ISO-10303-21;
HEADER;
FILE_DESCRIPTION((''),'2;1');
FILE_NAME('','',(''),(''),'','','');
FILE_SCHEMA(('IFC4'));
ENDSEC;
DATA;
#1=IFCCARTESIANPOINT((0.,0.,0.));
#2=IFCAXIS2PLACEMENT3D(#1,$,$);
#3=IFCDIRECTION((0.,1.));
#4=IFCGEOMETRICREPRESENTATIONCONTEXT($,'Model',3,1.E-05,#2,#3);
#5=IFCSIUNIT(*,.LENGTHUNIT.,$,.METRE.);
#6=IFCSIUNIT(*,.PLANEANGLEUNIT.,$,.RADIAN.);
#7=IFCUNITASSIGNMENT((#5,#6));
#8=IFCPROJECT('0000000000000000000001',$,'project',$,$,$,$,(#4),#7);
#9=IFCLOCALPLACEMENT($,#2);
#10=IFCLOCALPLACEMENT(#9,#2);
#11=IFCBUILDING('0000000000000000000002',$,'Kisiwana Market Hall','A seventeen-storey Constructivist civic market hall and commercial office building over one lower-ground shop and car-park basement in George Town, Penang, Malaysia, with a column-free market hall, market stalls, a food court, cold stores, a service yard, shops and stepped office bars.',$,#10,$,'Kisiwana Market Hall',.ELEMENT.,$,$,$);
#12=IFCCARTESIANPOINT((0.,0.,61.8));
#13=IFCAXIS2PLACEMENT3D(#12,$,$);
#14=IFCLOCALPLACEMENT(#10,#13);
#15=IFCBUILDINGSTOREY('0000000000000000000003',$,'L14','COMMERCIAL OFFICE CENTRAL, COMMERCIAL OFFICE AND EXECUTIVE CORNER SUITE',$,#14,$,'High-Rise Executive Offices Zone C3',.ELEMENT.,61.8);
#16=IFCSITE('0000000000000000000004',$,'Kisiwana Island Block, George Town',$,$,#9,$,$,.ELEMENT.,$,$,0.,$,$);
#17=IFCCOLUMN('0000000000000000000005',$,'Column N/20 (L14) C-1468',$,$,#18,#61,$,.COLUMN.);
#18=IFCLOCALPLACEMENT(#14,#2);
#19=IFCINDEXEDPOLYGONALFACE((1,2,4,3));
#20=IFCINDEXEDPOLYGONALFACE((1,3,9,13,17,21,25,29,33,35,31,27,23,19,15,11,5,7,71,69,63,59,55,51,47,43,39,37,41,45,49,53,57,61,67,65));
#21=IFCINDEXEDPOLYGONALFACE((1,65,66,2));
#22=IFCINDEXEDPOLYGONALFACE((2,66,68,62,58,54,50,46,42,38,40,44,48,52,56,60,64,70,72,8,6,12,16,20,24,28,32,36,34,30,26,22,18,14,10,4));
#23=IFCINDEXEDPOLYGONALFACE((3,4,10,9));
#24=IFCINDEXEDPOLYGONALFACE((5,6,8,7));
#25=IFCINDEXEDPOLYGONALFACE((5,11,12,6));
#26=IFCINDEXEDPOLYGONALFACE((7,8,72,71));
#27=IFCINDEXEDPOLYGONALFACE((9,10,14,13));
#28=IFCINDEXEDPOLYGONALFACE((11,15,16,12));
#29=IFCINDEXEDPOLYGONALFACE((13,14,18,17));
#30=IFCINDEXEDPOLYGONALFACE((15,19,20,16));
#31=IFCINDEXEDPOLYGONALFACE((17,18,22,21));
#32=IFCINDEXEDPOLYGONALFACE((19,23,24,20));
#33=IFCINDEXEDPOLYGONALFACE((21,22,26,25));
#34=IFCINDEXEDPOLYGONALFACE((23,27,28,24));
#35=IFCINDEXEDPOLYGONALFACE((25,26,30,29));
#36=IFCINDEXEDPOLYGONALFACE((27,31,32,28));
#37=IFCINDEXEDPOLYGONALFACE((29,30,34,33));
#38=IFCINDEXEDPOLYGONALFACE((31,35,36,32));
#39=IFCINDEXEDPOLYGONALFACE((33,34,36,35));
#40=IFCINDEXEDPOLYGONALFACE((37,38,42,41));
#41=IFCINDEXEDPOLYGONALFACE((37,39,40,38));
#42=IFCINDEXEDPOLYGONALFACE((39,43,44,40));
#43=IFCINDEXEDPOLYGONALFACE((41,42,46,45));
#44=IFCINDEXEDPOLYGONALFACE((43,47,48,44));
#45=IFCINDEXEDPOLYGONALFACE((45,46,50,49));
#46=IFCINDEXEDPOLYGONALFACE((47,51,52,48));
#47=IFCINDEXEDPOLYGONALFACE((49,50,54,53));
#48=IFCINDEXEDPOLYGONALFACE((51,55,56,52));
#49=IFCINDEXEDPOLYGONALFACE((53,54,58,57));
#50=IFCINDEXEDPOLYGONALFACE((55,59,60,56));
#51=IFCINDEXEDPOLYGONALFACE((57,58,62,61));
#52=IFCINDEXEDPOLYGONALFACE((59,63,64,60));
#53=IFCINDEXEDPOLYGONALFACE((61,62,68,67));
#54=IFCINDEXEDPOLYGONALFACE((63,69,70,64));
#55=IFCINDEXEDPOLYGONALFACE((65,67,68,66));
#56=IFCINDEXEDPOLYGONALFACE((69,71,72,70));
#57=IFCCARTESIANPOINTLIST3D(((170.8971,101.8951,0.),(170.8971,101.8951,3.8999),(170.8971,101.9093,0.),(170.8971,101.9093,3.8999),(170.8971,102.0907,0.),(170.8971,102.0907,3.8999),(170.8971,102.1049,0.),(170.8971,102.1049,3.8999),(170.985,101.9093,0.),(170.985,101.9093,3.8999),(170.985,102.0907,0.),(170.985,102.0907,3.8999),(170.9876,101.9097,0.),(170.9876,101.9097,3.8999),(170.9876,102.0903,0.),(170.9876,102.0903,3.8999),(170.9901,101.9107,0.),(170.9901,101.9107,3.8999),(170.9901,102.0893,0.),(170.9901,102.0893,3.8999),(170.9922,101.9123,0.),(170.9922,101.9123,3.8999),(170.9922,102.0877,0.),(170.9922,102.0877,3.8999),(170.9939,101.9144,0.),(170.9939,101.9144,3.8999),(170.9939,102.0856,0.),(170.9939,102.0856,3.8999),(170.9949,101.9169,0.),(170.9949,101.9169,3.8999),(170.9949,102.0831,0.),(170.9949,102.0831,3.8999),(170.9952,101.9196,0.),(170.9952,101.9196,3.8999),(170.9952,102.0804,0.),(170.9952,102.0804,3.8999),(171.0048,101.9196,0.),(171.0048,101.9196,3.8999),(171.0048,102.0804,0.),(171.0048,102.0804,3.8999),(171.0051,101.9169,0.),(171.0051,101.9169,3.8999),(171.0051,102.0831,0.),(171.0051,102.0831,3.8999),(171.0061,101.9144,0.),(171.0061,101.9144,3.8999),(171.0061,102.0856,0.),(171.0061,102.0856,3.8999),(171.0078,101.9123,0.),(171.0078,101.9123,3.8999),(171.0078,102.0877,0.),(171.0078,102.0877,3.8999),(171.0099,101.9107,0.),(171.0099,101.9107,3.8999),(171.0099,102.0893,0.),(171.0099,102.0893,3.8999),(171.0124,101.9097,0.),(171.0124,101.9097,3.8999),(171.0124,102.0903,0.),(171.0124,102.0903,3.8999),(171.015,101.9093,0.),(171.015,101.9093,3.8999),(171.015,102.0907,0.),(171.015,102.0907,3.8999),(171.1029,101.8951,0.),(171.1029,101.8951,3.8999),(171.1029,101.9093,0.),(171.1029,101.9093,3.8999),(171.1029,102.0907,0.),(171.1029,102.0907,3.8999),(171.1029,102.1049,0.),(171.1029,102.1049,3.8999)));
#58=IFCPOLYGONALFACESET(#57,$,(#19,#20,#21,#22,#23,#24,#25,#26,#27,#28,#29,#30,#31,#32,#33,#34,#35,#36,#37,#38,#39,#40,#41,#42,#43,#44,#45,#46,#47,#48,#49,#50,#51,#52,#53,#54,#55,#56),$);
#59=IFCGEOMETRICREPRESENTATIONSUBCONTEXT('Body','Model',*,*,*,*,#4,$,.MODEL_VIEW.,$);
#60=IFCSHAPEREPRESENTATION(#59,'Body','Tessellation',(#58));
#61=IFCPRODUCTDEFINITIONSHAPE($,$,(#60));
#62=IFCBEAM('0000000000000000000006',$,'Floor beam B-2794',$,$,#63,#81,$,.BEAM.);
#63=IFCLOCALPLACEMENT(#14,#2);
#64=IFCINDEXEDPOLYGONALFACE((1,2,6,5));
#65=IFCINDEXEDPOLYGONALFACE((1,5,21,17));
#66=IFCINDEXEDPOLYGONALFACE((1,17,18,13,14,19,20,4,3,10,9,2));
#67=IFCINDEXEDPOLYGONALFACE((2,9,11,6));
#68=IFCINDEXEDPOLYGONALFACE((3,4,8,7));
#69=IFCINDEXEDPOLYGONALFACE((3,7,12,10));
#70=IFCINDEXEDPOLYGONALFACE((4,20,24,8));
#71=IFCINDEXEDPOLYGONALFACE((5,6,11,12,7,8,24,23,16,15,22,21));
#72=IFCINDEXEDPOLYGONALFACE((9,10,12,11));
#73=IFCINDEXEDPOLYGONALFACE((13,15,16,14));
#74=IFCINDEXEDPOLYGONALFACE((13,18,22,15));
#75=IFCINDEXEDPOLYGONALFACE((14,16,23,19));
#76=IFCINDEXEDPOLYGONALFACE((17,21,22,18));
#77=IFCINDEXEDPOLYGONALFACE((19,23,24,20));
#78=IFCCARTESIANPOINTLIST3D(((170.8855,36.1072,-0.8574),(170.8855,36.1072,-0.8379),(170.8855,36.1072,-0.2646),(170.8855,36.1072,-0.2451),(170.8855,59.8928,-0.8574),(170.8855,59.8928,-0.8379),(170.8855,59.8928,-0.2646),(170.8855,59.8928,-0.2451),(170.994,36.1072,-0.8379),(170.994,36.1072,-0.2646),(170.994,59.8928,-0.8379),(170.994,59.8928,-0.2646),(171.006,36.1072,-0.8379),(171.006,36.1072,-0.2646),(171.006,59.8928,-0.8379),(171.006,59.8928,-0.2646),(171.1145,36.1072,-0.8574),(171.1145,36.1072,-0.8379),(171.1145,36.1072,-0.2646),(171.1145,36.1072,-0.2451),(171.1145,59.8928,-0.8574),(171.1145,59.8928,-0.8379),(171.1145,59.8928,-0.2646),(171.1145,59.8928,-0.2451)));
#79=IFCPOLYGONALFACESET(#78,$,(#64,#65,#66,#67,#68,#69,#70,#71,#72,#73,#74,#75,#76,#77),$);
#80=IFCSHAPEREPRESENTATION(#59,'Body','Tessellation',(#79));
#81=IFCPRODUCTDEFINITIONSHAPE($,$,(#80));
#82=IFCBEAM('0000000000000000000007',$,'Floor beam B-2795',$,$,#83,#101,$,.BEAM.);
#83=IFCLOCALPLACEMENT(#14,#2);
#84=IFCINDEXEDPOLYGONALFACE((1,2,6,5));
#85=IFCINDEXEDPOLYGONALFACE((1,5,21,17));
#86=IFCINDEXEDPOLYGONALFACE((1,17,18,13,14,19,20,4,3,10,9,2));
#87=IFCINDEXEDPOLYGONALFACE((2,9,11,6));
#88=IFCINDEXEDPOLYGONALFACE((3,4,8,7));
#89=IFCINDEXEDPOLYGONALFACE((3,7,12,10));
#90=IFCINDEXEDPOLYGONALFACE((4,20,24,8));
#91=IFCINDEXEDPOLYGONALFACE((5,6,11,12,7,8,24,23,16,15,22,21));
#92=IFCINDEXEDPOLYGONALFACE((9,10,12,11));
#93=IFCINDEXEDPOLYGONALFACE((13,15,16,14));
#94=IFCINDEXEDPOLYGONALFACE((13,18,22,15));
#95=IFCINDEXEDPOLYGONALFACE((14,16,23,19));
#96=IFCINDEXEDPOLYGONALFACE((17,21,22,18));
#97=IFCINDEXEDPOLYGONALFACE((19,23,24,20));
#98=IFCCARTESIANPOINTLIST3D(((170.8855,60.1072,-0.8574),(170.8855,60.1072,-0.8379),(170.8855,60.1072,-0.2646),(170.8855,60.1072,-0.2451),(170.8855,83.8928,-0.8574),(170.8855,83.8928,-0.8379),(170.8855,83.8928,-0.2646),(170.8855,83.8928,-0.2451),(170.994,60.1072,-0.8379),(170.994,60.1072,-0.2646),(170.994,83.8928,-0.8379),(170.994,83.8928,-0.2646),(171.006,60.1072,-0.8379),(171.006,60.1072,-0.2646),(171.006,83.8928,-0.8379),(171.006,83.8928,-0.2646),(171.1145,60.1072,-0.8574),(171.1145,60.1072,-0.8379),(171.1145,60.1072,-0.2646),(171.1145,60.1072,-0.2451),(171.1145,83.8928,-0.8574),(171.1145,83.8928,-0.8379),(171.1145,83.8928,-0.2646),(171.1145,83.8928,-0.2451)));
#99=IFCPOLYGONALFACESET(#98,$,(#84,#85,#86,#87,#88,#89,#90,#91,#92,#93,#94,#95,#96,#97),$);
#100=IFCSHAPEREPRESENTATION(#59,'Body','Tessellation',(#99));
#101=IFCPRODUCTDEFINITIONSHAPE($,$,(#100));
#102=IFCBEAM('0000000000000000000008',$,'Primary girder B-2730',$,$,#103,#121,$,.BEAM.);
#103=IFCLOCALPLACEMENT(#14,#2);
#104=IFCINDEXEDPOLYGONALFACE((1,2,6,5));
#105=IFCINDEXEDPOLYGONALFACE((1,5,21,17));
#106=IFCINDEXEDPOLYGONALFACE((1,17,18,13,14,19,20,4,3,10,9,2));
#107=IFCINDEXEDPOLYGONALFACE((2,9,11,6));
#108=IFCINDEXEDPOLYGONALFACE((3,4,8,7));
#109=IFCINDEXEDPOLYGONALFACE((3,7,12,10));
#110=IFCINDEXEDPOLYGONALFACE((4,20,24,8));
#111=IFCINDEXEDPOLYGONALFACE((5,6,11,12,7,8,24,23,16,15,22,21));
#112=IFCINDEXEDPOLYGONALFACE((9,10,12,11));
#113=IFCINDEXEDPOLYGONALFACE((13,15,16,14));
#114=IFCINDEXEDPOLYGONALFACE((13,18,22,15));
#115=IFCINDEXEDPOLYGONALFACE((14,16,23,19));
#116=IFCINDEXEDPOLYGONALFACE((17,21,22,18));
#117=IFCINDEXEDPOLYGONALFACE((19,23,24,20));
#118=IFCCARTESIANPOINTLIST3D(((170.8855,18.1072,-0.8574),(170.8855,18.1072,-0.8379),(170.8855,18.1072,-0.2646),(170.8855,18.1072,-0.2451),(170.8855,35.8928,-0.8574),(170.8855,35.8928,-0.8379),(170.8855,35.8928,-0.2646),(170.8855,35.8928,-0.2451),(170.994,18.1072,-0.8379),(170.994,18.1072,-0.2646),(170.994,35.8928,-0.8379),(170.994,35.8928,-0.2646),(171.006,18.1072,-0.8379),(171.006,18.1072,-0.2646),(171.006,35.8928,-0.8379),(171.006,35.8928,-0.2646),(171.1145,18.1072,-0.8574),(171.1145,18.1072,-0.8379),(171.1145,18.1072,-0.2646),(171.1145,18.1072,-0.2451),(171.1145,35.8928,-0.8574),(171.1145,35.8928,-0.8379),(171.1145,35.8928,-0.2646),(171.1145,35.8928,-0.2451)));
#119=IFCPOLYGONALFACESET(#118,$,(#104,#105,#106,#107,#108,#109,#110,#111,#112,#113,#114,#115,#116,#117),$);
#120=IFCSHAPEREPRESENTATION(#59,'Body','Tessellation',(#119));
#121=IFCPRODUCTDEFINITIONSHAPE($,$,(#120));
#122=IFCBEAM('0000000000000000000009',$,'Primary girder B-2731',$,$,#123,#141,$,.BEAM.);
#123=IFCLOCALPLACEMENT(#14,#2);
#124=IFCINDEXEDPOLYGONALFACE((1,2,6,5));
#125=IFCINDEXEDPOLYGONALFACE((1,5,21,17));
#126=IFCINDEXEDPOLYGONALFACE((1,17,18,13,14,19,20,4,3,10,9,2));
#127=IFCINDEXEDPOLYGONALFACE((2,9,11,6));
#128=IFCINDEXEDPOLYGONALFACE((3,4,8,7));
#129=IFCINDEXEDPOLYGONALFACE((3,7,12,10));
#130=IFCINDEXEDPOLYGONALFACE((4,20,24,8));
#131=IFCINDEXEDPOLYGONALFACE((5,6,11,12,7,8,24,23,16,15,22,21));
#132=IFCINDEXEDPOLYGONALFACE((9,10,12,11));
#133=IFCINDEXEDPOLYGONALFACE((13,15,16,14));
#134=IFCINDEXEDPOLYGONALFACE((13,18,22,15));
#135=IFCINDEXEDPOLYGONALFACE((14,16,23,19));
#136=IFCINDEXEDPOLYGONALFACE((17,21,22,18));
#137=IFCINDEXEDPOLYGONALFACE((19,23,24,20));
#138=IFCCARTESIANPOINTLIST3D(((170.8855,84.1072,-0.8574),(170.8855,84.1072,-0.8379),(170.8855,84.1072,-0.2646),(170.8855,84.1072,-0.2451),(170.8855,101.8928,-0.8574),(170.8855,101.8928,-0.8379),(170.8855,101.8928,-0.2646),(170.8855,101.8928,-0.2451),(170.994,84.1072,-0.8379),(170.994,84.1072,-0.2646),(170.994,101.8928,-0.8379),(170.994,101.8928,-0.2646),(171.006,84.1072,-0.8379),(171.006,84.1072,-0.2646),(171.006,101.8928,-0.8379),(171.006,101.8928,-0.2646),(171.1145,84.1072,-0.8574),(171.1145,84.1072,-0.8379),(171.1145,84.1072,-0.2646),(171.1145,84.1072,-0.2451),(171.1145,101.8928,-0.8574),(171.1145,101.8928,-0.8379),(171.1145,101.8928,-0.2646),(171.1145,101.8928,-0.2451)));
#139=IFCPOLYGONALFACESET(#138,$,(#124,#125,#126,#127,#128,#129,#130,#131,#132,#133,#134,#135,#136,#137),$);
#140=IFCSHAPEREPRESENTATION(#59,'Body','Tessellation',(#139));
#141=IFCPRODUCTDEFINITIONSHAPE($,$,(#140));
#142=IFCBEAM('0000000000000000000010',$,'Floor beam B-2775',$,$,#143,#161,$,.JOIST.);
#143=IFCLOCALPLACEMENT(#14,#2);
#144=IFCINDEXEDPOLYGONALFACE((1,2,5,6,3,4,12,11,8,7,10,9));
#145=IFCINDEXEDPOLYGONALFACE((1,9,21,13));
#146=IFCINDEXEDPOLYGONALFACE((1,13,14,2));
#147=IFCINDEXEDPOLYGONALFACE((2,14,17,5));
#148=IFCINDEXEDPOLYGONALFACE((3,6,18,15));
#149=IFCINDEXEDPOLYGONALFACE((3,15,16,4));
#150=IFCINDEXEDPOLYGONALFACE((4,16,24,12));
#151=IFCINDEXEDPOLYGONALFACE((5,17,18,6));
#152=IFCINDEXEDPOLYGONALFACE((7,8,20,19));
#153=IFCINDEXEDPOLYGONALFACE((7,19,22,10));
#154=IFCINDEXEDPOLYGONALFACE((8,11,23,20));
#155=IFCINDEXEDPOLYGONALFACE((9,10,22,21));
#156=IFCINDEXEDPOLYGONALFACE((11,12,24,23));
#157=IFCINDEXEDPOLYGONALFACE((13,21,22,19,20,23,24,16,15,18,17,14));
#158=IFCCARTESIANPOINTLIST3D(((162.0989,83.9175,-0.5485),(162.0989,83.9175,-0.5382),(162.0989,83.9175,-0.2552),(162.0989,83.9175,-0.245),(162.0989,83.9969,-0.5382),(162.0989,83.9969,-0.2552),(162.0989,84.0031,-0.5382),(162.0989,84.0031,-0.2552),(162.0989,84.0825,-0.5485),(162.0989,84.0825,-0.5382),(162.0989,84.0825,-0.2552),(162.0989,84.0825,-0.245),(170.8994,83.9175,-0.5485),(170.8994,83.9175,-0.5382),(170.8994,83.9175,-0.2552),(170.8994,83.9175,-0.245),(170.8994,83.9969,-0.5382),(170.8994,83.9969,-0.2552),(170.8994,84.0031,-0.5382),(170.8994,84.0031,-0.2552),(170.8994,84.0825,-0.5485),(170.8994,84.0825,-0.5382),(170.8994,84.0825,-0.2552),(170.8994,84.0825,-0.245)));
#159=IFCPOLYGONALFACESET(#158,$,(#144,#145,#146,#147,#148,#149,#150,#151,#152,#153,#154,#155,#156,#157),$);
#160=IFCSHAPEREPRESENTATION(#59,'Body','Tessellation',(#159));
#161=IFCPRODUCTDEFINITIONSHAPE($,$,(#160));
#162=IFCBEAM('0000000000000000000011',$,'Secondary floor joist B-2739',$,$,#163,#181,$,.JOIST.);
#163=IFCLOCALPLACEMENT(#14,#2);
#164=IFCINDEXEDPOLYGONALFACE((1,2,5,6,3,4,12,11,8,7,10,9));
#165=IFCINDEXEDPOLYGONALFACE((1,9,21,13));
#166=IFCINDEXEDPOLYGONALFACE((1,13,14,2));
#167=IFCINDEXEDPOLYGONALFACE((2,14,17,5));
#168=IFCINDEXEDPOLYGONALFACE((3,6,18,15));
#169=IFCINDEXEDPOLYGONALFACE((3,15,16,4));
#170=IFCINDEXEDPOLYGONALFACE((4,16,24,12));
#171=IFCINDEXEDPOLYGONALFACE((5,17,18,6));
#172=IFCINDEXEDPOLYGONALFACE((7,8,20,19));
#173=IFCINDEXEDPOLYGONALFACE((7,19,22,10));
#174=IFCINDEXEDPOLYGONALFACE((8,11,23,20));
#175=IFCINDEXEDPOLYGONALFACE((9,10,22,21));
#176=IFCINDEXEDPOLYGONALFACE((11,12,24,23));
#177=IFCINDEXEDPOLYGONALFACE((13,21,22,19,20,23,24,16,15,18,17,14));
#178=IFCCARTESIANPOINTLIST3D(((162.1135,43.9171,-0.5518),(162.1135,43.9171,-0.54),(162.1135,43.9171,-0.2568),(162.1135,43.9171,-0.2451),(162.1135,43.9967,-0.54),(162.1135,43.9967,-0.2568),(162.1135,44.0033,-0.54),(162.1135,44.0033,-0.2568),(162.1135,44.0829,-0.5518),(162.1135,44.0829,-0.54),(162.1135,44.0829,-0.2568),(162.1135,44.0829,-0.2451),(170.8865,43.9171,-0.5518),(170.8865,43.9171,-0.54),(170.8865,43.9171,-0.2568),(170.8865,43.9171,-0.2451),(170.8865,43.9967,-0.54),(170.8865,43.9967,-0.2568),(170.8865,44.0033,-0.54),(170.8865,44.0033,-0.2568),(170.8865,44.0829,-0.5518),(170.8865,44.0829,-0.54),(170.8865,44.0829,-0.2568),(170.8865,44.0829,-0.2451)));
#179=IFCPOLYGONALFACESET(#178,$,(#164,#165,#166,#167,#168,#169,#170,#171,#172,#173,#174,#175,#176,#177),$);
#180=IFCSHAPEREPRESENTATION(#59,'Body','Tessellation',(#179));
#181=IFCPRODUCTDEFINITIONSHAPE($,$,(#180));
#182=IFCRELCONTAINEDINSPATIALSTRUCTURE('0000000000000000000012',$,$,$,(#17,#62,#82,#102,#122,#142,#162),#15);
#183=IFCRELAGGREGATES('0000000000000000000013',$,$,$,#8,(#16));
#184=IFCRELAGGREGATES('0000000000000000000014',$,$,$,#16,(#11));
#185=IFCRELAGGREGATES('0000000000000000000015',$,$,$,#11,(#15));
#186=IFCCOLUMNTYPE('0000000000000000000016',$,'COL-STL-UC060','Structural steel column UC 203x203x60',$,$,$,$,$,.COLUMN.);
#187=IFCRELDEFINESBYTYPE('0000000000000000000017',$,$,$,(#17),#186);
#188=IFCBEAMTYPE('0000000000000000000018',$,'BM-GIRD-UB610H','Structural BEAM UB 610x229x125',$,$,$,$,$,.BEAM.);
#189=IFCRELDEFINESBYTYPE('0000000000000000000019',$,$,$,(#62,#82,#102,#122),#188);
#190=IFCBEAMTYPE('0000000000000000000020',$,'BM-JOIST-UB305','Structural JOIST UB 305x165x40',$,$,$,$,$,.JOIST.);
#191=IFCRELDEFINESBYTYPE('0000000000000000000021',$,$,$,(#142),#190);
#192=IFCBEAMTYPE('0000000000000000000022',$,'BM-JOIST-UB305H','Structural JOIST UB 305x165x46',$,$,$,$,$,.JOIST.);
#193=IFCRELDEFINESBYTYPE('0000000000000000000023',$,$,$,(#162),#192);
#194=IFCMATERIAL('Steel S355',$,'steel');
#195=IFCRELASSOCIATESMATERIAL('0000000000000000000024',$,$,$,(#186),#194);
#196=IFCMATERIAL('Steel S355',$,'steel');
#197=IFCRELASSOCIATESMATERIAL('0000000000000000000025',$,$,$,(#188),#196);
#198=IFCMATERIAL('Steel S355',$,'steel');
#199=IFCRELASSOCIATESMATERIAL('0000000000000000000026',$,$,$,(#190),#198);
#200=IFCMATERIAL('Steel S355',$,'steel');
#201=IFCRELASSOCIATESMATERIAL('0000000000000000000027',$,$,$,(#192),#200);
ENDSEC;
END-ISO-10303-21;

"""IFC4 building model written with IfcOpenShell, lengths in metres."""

from ifc_helpers import new_model, si_unit, direction, frame, origin, origin_2d, place, context, subcontext, project, spatial, i_section, extrude, material, material_profile, profile_set, type_object, element, save


model = new_model("IFC4")

# Units and contexts
model_context = context("Model", 3, precision=1e-05, world=origin(), true_north=direction((0.0, 1.0)))
body_context = subcontext(model_context, "Body", "Model", "MODEL_VIEW")
ifc_project = project(units=[si_unit("LENGTHUNIT", "METRE"), si_unit("PLANEANGLEUNIT", "RADIAN")], contexts=[model_context])

# Site, building, storey
site_placement = place(None, origin())
site = spatial("IfcSite", under=ifc_project, at=site_placement, Name="Kisiwana Island Block, George Town", CompositionType="ELEMENT", RefElevation=0.0)
building_placement = place(site_placement, origin())
building = spatial("IfcBuilding", under=site, at=building_placement, Name="Kisiwana Market Hall", Description="A seventeen-storey Constructivist civic market hall and commercial office building over one lower-ground shop and car-park basement in George Town, Penang, Malaysia, with a column-free market hall, market stalls, a food court, cold stores, a service yard, shops and stepped office bars.", LongName="Kisiwana Market Hall", CompositionType="ELEMENT")
storey_placement = place(building_placement, frame((0.0, 0.0, 61.8)))
storey = spatial("IfcBuildingStorey", under=building, at=storey_placement, Name="L14", Description="COMMERCIAL OFFICE CENTRAL, COMMERCIAL OFFICE AND EXECUTIVE CORNER SUITE", LongName="High-Rise Executive Offices Zone C3", CompositionType="ELEMENT", Elevation=61.8)

# Column
ifc_material_1 = material(Name="Steel S355", Category="steel")
ifc_material_profile_1 = material_profile(ifc_material_1, i_section(OverallWidth=0.2058, OverallDepth=0.2097, WebThickness=0.0095, FlangeThickness=0.0142, FilletRadius=0.0103, at=origin_2d()), Name="UC 203x203x60")
ifc_profile_set_1 = profile_set([ifc_material_profile_1], Name="Steel S355")
column_type = type_object("IfcColumnType", Name="COL-STL-UC060", Description="Structural steel column UC 203x203x60", PredefinedType="COLUMN", material=ifc_profile_set_1)
for number, where, z_axis, x_axis, name in (
    (1, (171.0, 102.0, 0.0), (0.0, 0.0, 1.0), (1.0, 0.0, 0.0), "Column N/20 (L14) C-1468"),
):
    element("IfcColumn", number, at=place(storey_placement, frame(where, z_axis=z_axis, x_axis=x_axis)), inside=storey, type_object=column_type, Name=name, PredefinedType="COLUMN", context=body_context, shape_type="SweptSolid", body=[
        extrude(i_section(OverallWidth=0.2058, OverallDepth=0.2097, WebThickness=0.0095, FlangeThickness=0.0142, FilletRadius=0.0103, at=origin_2d()), origin(), (0.0, 0.0, 1.0), 3.8999),
    ])

# Beams
ifc_material_2 = material(Name="Steel S355", Category="steel")
ifc_material_profile_2 = material_profile(ifc_material_2, i_section(OverallWidth=0.229, OverallDepth=0.6123, WebThickness=0.012, FlangeThickness=0.0195, at=origin_2d()), Name="UB 610x229x125")
ifc_profile_set_2 = profile_set([ifc_material_profile_2], Name="Steel S355")
beam_type_1 = type_object("IfcBeamType", Name="BM-GIRD-UB610H", Description="Structural BEAM UB 610x229x125", PredefinedType="BEAM", material=ifc_profile_set_2)
for number, where, z_axis, x_axis, name in (
    (2, (171.0, 36.1072, -0.5513), (0.0, 1.0, 0.0), (-1.0, 0.0, 0.0), "Floor beam B-2794"),
    (3, (171.0, 60.1072, -0.5513), (0.0, 1.0, 0.0), (-1.0, 0.0, 0.0), "Floor beam B-2795"),
):
    element("IfcBeam", number, at=place(storey_placement, frame(where, z_axis=z_axis, x_axis=x_axis)), inside=storey, type_object=beam_type_1, Name=name, PredefinedType="BEAM", context=body_context, shape_type="SweptSolid", body=[
        extrude(i_section(OverallWidth=0.229, OverallDepth=0.6123, WebThickness=0.012, FlangeThickness=0.0195, at=origin_2d()), origin(), (0.0, 0.0, 1.0), 23.7856),
    ])
for number, where, z_axis, x_axis, name in (
    (4, (171.0, 18.1072, -0.5513), (0.0, 1.0, 0.0), (-1.0, 0.0, 0.0), "Primary girder B-2730"),
    (5, (171.0, 84.1072, -0.5513), (0.0, 1.0, 0.0), (-1.0, 0.0, 0.0), "Primary girder B-2731"),
):
    element("IfcBeam", number, at=place(storey_placement, frame(where, z_axis=z_axis, x_axis=x_axis)), inside=storey, type_object=beam_type_1, Name=name, PredefinedType="BEAM", context=body_context, shape_type="SweptSolid", body=[
        extrude(i_section(OverallWidth=0.229, OverallDepth=0.6123, WebThickness=0.012, FlangeThickness=0.0195, at=origin_2d()), origin(), (0.0, 0.0, 1.0), 17.7856),
    ])
ifc_material_3 = material(Name="Steel S355", Category="steel")
ifc_material_profile_3 = material_profile(ifc_material_3, i_section(OverallWidth=0.165, OverallDepth=0.3035, WebThickness=0.0061, FlangeThickness=0.0103, at=origin_2d()), Name="UB 305x165x40")
ifc_profile_set_3 = profile_set([ifc_material_profile_3], Name="Steel S355")
beam_type_2 = type_object("IfcBeamType", Name="BM-JOIST-UB305", Description="Structural JOIST UB 305x165x40", PredefinedType="JOIST", material=ifc_profile_set_3)
beam_1_placement = place(storey_placement, frame((162.0989, 84.0, -0.3967), z_axis=(1.0, 0.0, 0.0), x_axis=(0.0, 1.0, 0.0)))
element("IfcBeam", 6, at=beam_1_placement, inside=storey, type_object=beam_type_2, Name="Floor beam B-2775", PredefinedType="JOIST", context=body_context, shape_type="SweptSolid", body=[
    extrude(i_section(OverallWidth=0.165, OverallDepth=0.3035, WebThickness=0.0061, FlangeThickness=0.0103, at=origin_2d()), origin(), (0.0, 0.0, 1.0), 8.8005),
])
ifc_material_4 = material(Name="Steel S355", Category="steel")
ifc_material_profile_4 = material_profile(ifc_material_4, i_section(OverallWidth=0.1658, OverallDepth=0.3066, WebThickness=0.0066, FlangeThickness=0.0117, at=origin_2d()), Name="UB 305x165x46")
ifc_profile_set_4 = profile_set([ifc_material_profile_4], Name="Steel S355")
beam_type_3 = type_object("IfcBeamType", Name="BM-JOIST-UB305H", Description="Structural JOIST UB 305x165x46", PredefinedType="JOIST", material=ifc_profile_set_4)
for number, where, z_axis, x_axis, name in (
    (7, (162.1135, 44.0, -0.3984), (1.0, 0.0, 0.0), (0.0, 1.0, 0.0), "Secondary floor joist B-2739"),
):
    element("IfcBeam", number, at=place(storey_placement, frame(where, z_axis=z_axis, x_axis=x_axis)), inside=storey, type_object=beam_type_3, Name=name, PredefinedType="JOIST", context=body_context, shape_type="SweptSolid", body=[
        extrude(i_section(OverallWidth=0.1658, OverallDepth=0.3066, WebThickness=0.0066, FlangeThickness=0.0117, at=origin_2d()), origin(), (0.0, 0.0, 1.0), 8.7729),
    ])

save(model, "model.ifc")
